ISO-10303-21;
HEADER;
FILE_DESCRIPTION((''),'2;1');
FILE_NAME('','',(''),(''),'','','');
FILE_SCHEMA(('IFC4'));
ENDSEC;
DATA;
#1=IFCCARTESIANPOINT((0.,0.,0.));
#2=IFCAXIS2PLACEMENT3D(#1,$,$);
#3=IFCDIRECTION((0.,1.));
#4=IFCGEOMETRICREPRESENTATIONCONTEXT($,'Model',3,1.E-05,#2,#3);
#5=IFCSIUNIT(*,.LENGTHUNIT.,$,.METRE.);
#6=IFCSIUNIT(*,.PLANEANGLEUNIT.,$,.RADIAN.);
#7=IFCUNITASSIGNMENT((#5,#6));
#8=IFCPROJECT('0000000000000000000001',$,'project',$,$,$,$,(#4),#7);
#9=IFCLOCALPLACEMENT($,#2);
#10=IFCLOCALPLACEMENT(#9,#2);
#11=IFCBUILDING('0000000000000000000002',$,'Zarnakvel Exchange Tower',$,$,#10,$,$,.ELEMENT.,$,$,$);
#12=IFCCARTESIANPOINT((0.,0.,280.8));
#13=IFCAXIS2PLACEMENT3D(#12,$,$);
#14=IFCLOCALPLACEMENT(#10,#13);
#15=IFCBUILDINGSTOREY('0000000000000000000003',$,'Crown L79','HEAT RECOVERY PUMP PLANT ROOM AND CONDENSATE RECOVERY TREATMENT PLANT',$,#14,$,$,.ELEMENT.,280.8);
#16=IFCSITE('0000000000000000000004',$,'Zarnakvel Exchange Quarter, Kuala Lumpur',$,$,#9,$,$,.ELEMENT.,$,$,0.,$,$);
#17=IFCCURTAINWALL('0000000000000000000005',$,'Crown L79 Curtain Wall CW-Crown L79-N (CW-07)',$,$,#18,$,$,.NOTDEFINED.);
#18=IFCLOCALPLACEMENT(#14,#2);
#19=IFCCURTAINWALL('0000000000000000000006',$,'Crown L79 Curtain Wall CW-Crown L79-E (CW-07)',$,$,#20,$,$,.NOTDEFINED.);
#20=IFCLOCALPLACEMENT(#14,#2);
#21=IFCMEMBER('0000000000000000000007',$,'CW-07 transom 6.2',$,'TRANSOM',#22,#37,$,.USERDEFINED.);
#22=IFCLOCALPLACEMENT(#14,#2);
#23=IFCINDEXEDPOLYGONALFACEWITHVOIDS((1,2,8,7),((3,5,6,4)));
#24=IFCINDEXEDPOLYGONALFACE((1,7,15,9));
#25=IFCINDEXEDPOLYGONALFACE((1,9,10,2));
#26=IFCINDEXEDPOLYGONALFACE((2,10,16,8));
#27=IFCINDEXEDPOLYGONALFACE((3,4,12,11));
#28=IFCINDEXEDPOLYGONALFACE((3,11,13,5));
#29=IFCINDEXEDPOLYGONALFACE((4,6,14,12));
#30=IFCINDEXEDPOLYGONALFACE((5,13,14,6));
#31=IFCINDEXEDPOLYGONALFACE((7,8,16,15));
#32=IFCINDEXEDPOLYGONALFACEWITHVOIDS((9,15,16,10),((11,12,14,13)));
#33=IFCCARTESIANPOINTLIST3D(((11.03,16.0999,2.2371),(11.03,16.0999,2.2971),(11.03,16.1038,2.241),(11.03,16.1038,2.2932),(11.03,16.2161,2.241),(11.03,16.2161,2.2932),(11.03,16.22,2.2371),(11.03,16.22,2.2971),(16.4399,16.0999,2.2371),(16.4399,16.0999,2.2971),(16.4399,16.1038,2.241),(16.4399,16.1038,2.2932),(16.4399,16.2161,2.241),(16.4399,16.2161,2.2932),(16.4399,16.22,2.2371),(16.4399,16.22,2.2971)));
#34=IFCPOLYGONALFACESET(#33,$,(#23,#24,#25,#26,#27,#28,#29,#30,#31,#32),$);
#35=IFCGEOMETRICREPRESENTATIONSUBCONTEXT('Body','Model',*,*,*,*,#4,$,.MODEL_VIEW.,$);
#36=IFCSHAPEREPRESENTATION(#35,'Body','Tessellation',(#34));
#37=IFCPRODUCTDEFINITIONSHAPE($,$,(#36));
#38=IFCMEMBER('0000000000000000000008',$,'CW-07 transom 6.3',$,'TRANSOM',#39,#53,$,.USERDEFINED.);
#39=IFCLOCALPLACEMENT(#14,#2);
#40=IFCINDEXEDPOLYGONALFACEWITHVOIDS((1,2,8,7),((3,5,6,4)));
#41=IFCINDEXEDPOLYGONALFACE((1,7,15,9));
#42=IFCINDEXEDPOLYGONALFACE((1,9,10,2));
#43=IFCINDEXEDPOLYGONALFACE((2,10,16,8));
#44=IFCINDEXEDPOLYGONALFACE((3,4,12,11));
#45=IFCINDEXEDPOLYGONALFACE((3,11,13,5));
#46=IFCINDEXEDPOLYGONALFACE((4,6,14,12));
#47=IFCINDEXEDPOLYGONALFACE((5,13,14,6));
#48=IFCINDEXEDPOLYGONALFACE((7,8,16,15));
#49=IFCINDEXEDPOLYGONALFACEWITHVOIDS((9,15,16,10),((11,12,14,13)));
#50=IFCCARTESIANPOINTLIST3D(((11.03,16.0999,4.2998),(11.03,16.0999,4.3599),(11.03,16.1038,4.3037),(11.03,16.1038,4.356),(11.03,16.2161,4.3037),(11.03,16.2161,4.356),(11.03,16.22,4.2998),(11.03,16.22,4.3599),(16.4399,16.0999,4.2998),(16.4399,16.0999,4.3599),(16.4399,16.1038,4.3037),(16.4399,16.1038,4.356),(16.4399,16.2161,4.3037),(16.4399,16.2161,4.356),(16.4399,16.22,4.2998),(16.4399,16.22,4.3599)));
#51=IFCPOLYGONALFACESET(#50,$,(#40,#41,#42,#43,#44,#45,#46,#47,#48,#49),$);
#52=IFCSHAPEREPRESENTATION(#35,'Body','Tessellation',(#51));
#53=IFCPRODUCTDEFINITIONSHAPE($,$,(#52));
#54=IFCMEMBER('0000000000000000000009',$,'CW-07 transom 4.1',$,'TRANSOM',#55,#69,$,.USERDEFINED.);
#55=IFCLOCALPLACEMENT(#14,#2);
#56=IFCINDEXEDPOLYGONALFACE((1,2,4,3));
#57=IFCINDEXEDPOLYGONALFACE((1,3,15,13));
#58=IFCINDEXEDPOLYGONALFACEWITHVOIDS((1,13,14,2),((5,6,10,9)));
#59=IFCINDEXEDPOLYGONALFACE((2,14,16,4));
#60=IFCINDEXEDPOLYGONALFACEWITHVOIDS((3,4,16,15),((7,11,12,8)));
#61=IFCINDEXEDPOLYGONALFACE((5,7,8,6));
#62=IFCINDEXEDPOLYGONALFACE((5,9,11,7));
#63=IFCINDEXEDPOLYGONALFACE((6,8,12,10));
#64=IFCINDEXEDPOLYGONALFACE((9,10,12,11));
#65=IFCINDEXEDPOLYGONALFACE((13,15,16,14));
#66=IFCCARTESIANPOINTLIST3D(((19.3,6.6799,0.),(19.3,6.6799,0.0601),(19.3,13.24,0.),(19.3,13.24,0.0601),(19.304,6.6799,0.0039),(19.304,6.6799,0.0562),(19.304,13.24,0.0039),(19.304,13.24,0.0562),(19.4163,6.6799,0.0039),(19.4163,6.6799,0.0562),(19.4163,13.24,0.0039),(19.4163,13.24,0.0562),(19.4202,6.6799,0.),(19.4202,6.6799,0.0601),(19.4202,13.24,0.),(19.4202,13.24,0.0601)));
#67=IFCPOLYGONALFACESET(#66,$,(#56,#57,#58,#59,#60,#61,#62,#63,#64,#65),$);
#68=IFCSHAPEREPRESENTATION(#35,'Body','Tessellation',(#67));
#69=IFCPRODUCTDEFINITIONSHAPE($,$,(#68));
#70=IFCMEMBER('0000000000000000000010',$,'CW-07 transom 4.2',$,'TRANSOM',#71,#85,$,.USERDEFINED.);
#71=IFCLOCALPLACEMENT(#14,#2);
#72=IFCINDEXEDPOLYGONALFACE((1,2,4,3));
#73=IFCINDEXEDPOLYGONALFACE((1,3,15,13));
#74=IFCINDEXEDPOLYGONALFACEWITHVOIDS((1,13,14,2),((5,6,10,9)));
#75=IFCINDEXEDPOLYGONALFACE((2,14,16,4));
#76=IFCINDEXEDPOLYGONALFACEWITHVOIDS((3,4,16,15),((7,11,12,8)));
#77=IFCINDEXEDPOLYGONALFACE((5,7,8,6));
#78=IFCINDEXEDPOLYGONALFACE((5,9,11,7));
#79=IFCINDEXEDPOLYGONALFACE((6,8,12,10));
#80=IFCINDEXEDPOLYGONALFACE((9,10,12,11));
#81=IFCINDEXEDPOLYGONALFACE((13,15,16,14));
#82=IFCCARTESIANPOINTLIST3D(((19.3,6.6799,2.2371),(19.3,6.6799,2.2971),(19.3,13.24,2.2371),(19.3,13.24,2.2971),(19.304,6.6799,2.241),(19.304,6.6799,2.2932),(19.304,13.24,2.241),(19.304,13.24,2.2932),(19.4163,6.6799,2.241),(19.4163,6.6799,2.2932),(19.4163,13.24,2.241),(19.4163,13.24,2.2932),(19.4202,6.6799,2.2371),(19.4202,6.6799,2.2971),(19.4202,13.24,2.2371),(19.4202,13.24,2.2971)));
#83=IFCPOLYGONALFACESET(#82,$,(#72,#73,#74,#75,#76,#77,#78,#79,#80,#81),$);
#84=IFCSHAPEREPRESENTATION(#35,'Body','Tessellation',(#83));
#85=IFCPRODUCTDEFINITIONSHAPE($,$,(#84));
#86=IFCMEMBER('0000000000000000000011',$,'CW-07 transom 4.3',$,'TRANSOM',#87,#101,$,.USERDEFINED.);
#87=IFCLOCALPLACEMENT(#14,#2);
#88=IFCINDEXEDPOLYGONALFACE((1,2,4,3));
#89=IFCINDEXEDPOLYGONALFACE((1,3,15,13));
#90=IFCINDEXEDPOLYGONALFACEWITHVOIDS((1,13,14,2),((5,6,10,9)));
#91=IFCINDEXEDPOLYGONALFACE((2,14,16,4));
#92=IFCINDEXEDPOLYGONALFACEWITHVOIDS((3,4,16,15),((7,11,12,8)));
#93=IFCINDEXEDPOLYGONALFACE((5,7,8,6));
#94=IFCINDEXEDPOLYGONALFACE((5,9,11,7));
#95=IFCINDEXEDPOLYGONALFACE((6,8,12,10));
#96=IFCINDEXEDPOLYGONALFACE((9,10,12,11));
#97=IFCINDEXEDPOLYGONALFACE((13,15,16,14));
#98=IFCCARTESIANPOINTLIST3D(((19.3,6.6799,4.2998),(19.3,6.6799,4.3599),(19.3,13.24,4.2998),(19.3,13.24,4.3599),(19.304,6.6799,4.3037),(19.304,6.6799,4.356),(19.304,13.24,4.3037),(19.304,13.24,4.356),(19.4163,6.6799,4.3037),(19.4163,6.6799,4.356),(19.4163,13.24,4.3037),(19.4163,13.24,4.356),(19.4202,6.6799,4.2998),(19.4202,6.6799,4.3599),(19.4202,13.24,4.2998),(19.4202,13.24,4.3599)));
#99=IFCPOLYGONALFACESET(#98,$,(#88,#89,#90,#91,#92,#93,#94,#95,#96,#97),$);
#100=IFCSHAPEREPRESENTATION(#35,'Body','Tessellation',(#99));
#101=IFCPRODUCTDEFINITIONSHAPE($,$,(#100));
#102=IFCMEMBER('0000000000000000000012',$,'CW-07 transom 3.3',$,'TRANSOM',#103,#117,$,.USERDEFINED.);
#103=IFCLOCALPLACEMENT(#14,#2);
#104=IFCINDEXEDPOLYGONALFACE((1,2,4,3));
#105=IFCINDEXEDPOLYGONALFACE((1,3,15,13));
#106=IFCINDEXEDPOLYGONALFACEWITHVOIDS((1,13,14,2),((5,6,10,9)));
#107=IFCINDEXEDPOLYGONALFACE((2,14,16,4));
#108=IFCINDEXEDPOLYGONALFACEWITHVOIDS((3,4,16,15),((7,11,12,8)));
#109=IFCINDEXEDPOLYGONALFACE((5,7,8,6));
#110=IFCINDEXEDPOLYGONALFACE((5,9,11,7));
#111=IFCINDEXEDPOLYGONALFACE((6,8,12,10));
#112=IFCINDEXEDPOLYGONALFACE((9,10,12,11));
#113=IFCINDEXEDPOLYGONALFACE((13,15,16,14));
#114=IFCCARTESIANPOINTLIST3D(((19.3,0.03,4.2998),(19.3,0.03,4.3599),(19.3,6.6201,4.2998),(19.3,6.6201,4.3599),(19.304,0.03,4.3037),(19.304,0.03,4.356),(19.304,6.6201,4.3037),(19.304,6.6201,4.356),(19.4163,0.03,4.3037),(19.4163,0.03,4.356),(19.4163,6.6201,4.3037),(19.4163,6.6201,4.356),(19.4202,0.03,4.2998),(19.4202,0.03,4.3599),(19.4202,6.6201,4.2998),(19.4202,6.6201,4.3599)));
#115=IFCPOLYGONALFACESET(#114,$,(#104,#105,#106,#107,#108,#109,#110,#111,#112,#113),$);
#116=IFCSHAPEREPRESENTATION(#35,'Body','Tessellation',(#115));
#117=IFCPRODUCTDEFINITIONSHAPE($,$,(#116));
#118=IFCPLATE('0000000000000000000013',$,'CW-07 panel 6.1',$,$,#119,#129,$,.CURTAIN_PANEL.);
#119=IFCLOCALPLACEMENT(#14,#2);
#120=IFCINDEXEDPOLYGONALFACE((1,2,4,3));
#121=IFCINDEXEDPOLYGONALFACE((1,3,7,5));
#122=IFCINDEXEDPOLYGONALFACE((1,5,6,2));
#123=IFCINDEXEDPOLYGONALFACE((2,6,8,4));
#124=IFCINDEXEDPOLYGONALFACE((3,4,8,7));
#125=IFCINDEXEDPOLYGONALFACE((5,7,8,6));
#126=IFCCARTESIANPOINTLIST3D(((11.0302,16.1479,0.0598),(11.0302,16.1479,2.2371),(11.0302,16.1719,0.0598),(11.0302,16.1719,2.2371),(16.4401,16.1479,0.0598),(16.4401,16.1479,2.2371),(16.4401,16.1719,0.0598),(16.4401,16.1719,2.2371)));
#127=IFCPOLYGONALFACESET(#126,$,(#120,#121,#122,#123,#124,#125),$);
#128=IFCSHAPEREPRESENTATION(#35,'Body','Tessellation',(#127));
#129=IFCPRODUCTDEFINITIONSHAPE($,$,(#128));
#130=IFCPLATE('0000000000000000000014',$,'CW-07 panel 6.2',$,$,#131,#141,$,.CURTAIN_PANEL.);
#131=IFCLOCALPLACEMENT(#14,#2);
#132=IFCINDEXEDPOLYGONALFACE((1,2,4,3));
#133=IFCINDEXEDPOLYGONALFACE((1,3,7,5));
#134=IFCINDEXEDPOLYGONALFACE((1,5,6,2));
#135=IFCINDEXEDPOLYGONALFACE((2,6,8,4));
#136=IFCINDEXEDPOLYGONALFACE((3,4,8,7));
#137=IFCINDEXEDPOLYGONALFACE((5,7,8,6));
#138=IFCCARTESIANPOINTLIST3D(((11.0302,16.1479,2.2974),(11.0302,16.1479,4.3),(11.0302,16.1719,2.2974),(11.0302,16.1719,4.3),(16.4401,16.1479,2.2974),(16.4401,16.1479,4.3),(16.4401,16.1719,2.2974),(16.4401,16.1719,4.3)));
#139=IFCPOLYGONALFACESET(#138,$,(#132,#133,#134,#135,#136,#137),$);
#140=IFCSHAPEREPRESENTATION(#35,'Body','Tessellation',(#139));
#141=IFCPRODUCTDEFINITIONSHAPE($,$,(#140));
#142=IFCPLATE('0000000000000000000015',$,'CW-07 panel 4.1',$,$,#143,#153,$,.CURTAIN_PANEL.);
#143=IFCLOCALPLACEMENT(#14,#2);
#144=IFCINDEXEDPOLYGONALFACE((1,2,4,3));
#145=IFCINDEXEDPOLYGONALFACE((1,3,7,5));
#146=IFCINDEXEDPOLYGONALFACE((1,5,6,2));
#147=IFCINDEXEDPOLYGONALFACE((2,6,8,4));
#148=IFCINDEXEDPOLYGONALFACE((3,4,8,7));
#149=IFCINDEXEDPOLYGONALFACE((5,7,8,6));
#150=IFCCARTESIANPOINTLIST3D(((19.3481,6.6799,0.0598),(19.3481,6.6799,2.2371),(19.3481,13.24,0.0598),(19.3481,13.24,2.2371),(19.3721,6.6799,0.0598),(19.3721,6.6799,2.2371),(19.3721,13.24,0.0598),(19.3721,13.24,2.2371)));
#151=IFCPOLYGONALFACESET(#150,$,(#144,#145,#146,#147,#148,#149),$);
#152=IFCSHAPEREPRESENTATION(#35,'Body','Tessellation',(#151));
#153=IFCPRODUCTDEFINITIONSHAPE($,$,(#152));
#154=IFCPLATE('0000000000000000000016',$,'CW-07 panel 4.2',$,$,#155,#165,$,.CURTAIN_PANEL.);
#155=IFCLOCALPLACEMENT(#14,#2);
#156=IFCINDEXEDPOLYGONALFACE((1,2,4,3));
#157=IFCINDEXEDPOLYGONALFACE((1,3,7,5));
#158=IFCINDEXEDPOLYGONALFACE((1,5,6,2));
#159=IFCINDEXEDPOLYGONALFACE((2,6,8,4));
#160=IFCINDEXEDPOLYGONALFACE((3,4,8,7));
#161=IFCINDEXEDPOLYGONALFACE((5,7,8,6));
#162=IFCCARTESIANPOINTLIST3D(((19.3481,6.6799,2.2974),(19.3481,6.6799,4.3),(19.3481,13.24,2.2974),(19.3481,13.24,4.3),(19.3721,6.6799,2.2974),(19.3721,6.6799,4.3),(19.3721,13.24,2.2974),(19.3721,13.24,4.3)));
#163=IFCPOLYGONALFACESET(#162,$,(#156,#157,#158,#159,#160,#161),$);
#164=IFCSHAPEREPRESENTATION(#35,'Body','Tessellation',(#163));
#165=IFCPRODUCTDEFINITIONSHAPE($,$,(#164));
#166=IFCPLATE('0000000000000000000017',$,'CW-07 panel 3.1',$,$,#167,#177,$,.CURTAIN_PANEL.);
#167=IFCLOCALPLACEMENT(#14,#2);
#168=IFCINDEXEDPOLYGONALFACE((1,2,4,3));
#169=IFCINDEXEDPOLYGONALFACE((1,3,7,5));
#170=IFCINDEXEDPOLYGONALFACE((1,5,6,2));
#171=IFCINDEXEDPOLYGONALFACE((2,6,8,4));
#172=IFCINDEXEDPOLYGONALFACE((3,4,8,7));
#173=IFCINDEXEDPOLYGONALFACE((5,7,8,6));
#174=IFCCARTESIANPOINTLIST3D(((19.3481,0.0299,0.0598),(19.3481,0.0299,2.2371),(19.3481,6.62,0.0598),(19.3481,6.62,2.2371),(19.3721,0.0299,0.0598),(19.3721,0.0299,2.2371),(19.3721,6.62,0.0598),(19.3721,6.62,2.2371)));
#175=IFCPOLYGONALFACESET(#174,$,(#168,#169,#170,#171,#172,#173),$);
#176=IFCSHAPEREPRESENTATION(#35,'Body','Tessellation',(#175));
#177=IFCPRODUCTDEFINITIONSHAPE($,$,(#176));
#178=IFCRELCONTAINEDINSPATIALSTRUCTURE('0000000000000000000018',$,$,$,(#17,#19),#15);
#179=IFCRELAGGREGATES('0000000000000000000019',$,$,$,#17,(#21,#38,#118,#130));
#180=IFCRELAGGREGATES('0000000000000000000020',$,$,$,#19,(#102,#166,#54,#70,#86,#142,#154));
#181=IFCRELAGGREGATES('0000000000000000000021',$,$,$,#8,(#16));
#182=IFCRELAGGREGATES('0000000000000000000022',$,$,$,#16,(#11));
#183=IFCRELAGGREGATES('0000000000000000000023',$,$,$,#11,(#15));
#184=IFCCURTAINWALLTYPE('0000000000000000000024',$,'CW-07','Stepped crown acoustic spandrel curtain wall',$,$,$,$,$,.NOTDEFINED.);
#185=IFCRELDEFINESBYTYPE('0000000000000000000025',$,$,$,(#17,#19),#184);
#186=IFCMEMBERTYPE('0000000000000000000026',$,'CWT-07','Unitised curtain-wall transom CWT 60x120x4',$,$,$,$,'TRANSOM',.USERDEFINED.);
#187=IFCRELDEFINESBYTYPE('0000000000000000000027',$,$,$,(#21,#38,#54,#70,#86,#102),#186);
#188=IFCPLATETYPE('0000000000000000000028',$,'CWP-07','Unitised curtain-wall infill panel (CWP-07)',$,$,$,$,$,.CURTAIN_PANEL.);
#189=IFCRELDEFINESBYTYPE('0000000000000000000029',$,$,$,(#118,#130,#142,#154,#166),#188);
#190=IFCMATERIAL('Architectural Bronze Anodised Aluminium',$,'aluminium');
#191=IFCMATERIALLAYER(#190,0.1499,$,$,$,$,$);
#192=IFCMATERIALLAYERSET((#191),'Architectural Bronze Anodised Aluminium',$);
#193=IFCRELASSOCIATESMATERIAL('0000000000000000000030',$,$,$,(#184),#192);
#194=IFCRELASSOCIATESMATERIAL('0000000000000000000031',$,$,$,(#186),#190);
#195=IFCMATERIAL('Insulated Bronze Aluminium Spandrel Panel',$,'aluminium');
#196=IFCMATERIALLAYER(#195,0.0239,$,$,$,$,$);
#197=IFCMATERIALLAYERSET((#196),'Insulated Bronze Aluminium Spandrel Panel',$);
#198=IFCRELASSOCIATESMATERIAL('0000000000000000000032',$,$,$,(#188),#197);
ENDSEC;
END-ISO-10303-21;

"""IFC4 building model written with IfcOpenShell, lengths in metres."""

from ifc_helpers import new_model, si_unit, direction, frame, origin, origin_2d, place, context, subcontext, project, spatial, rectangle, hollow_rectangle, extrude, source, transform, mapped, material, layer, layer_set, material_profile, profile_set, type_object, element, aggregate, save


model = new_model("IFC4")

# Units and contexts
model_context = context("Model", 3, precision=1e-05, world=origin(), true_north=direction((0.0, 1.0)))
body_context = subcontext(model_context, "Body", "Model", "MODEL_VIEW")
ifc_project = project(units=[si_unit("LENGTHUNIT", "METRE"), si_unit("PLANEANGLEUNIT", "RADIAN")], contexts=[model_context])

# Site, building, storey
site_placement = place(None, origin())
site = spatial("IfcSite", under=ifc_project, at=site_placement, Name="Zarnakvel Exchange Quarter, Kuala Lumpur", CompositionType="ELEMENT", RefElevation=0.0)
building_placement = place(site_placement, origin())
building = spatial("IfcBuilding", under=site, at=building_placement, Name="Zarnakvel Exchange Tower", CompositionType="ELEMENT")
storey_placement = place(building_placement, frame((0.0, 0.0, 280.8)))
storey = spatial("IfcBuildingStorey", under=building, at=storey_placement, Name="Crown L79", Description="HEAT RECOVERY PUMP PLANT ROOM AND CONDENSATE RECOVERY TREATMENT PLANT", CompositionType="ELEMENT", Elevation=280.8)

# Curtain wall
ifc_material_1 = material(Name="Architectural Bronze Anodised Aluminium", Category="aluminium")
ifc_layer_1 = layer(ifc_material_1, 0.1499)
ifc_layer_set_1 = layer_set([ifc_layer_1], Name="Architectural Bronze Anodised Aluminium")
curtain_wall_type = type_object("IfcCurtainWallType", Name="CW-07", Description="Stepped crown acoustic spandrel curtain wall", PredefinedType="NOTDEFINED", material=ifc_layer_set_1)
curtain_wall_1_placement = place(storey_placement, origin())
curtain_wall_1 = element("IfcCurtainWall", 1, at=curtain_wall_1_placement, inside=storey, type_object=curtain_wall_type, Name="Crown L79 Curtain Wall CW-Crown L79-N (CW-07)", PredefinedType="NOTDEFINED")

# Curtain wall
curtain_wall_2_placement = place(storey_placement, origin())
curtain_wall_2 = element("IfcCurtainWall", 2, at=curtain_wall_2_placement, inside=storey, type_object=curtain_wall_type, Name="Crown L79 Curtain Wall CW-Crown L79-E (CW-07)", PredefinedType="NOTDEFINED")

# Members
ifc_material_profile_1 = material_profile(ifc_material_1, hollow_rectangle(XDim=0.1201, YDim=0.0601, WallThickness=0.0039, at=origin_2d()))
ifc_profile_set_1 = profile_set([ifc_material_profile_1], Name="Architectural Bronze Anodised Aluminium")
member_type_1 = type_object("IfcMemberType", Name="CWT-07", Description="Unitised curtain-wall transom CWT 60x120x4", ElementType="TRANSOM", PredefinedType="USERDEFINED", material=ifc_profile_set_1)
shared_shape_1 = source(origin(), body_context, "Body", "SweptSolid", [
    extrude(hollow_rectangle(XDim=0.1201, YDim=0.0601, WallThickness=0.0039, at=origin_2d()), origin(), (0.0, 0.0, 1.0), 5.4099),
])
member_1_placement = place(storey_placement, frame((11.03, 16.1599, 2.2671), z_axis=(1.0, 0.0, 0.0), x_axis=(0.0, 1.0, 0.0)))
member_1 = element("IfcMember", 3, at=member_1_placement, type_object=member_type_1, Name="CW-07 transom 6.2", ObjectType="TRANSOM", PredefinedType="USERDEFINED", context=body_context, shape_type="MappedRepresentation", body=[
    mapped(shared_shape_1, transform((0.0, 0.0, 0.0), x_axis=(1.0, 0.0, 0.0), y_axis=(0.0, 1.0, 0.0), z_axis=(0.0, 0.0, 1.0), scale=1.0)),
])
member_2_placement = place(storey_placement, frame((11.03, 16.1599, 4.3298), z_axis=(1.0, 0.0, 0.0), x_axis=(0.0, 1.0, 0.0)))
member_2 = element("IfcMember", 4, at=member_2_placement, type_object=member_type_1, Name="CW-07 transom 6.3", ObjectType="TRANSOM", PredefinedType="USERDEFINED", context=body_context, shape_type="MappedRepresentation", body=[
    mapped(shared_shape_1, transform((0.0, 0.0, 0.0), x_axis=(1.0, 0.0, 0.0), y_axis=(0.0, 1.0, 0.0), z_axis=(0.0, 0.0, 1.0), scale=1.0)),
])
shared_shape_2 = source(origin(), body_context, "Body", "SweptSolid", [
    extrude(hollow_rectangle(XDim=0.1201, YDim=0.0601, WallThickness=0.0039, at=origin_2d()), origin(), (0.0, 0.0, 1.0), 6.5601),
])
member_3_placement = place(storey_placement, frame((19.3601, 6.6799, 0.03), z_axis=(0.0, 1.0, 0.0), x_axis=(-1.0, 0.0, 0.0)))
member_3 = element("IfcMember", 5, at=member_3_placement, type_object=member_type_1, Name="CW-07 transom 4.1", ObjectType="TRANSOM", PredefinedType="USERDEFINED", context=body_context, shape_type="MappedRepresentation", body=[
    mapped(shared_shape_2, transform((0.0, 0.0, 0.0), x_axis=(1.0, 0.0, 0.0), y_axis=(0.0, 1.0, 0.0), z_axis=(0.0, 0.0, 1.0), scale=1.0)),
])
member_4_placement = place(storey_placement, frame((19.3601, 6.6799, 2.2671), z_axis=(0.0, 1.0, 0.0), x_axis=(-1.0, 0.0, 0.0)))
member_4 = element("IfcMember", 6, at=member_4_placement, type_object=member_type_1, Name="CW-07 transom 4.2", ObjectType="TRANSOM", PredefinedType="USERDEFINED", context=body_context, shape_type="MappedRepresentation", body=[
    mapped(shared_shape_2, transform((0.0, 0.0, 0.0), x_axis=(1.0, 0.0, 0.0), y_axis=(0.0, 1.0, 0.0), z_axis=(0.0, 0.0, 1.0), scale=1.0)),
])
member_5_placement = place(storey_placement, frame((19.3601, 6.6799, 4.3298), z_axis=(0.0, 1.0, 0.0), x_axis=(-1.0, 0.0, 0.0)))
member_5 = element("IfcMember", 7, at=member_5_placement, type_object=member_type_1, Name="CW-07 transom 4.3", ObjectType="TRANSOM", PredefinedType="USERDEFINED", context=body_context, shape_type="MappedRepresentation", body=[
    mapped(shared_shape_2, transform((0.0, 0.0, 0.0), x_axis=(1.0, 0.0, 0.0), y_axis=(0.0, 1.0, 0.0), z_axis=(0.0, 0.0, 1.0), scale=1.0)),
])
shared_shape_3 = source(origin(), body_context, "Body", "SweptSolid", [
    extrude(hollow_rectangle(XDim=0.1201, YDim=0.0601, WallThickness=0.0039, at=origin_2d()), origin(), (0.0, 0.0, 1.0), 6.5901),
])
member_6_placement = place(storey_placement, frame((19.3601, 0.03, 4.3298), z_axis=(0.0, 1.0, 0.0), x_axis=(-1.0, 0.0, 0.0)))
member_6 = element("IfcMember", 8, at=member_6_placement, type_object=member_type_1, Name="CW-07 transom 3.3", ObjectType="TRANSOM", PredefinedType="USERDEFINED", context=body_context, shape_type="MappedRepresentation", body=[
    mapped(shared_shape_3, transform((0.0, 0.0, 0.0), x_axis=(1.0, 0.0, 0.0), y_axis=(0.0, 1.0, 0.0), z_axis=(0.0, 0.0, 1.0), scale=1.0)),
])

# Plates
ifc_material_2 = material(Name="Insulated Bronze Aluminium Spandrel Panel", Category="aluminium")
ifc_layer_2 = layer(ifc_material_2, 0.0239)
ifc_layer_set_2 = layer_set([ifc_layer_2], Name="Insulated Bronze Aluminium Spandrel Panel")
plate_type = type_object("IfcPlateType", Name="CWP-07", Description="Unitised curtain-wall infill panel (CWP-07)", PredefinedType="CURTAIN_PANEL", material=ifc_layer_set_2)
shared_shape_4 = source(origin(), body_context, "Body", "SweptSolid", [
    extrude(rectangle(XDim=5.4099, YDim=0.0239, at=origin_2d()), origin(), (0.0, 0.0, 1.0), 2.1772),
])
plate_1_placement = place(storey_placement, frame((13.7351, 16.1599, 0.0598), z_axis=(0.0, 0.0, 1.0), x_axis=(1.0, 0.0, 0.0)))
plate_1 = element("IfcPlate", 9, at=plate_1_placement, type_object=plate_type, Name="CW-07 panel 6.1", PredefinedType="CURTAIN_PANEL", context=body_context, shape_type="MappedRepresentation", body=[
    mapped(shared_shape_4, transform((0.0, 0.0, 0.0), x_axis=(1.0, 0.0, 0.0), y_axis=(0.0, 1.0, 0.0), z_axis=(0.0, 0.0, 1.0), scale=1.0)),
])
shared_shape_5 = source(origin(), body_context, "Body", "SweptSolid", [
    extrude(rectangle(XDim=5.4099, YDim=0.0239, at=origin_2d()), origin(), (0.0, 0.0, 1.0), 2.0027),
])
plate_2_placement = place(storey_placement, frame((13.7351, 16.1599, 2.2974), z_axis=(0.0, 0.0, 1.0), x_axis=(1.0, 0.0, 0.0)))
plate_2 = element("IfcPlate", 10, at=plate_2_placement, type_object=plate_type, Name="CW-07 panel 6.2", PredefinedType="CURTAIN_PANEL", context=body_context, shape_type="MappedRepresentation", body=[
    mapped(shared_shape_5, transform((0.0, 0.0, 0.0), x_axis=(1.0, 0.0, 0.0), y_axis=(0.0, 1.0, 0.0), z_axis=(0.0, 0.0, 1.0), scale=1.0)),
])
aggregate(curtain_wall_1, [member_1, member_2, plate_1, plate_2])
shared_shape_6 = source(origin(), body_context, "Body", "SweptSolid", [
    extrude(rectangle(XDim=6.5601, YDim=0.0239, at=origin_2d()), origin(), (0.0, 0.0, 1.0), 2.1772),
])
plate_3_placement = place(storey_placement, frame((19.3601, 9.96, 0.0598), z_axis=(0.0, 0.0, 1.0), x_axis=(0.0, 1.0, 0.0)))
plate_3 = element("IfcPlate", 11, at=plate_3_placement, type_object=plate_type, Name="CW-07 panel 4.1", PredefinedType="CURTAIN_PANEL", context=body_context, shape_type="MappedRepresentation", body=[
    mapped(shared_shape_6, transform((0.0, 0.0, 0.0), x_axis=(1.0, 0.0, 0.0), y_axis=(0.0, 1.0, 0.0), z_axis=(0.0, 0.0, 1.0), scale=1.0)),
])
shared_shape_7 = source(origin(), body_context, "Body", "SweptSolid", [
    extrude(rectangle(XDim=6.5601, YDim=0.0239, at=origin_2d()), origin(), (0.0, 0.0, 1.0), 2.0027),
])
plate_4_placement = place(storey_placement, frame((19.3601, 9.96, 2.2974), z_axis=(0.0, 0.0, 1.0), x_axis=(0.0, 1.0, 0.0)))
plate_4 = element("IfcPlate", 12, at=plate_4_placement, type_object=plate_type, Name="CW-07 panel 4.2", PredefinedType="CURTAIN_PANEL", context=body_context, shape_type="MappedRepresentation", body=[
    mapped(shared_shape_7, transform((0.0, 0.0, 0.0), x_axis=(1.0, 0.0, 0.0), y_axis=(0.0, 1.0, 0.0), z_axis=(0.0, 0.0, 1.0), scale=1.0)),
])
shared_shape_8 = source(origin(), body_context, "Body", "SweptSolid", [
    extrude(rectangle(XDim=6.5901, YDim=0.0239, at=origin_2d()), origin(), (0.0, 0.0, 1.0), 2.1772),
])
plate_5_placement = place(storey_placement, frame((19.3601, 3.325, 0.0598), z_axis=(0.0, 0.0, 1.0), x_axis=(0.0, 1.0, 0.0)))
plate_5 = element("IfcPlate", 13, at=plate_5_placement, type_object=plate_type, Name="CW-07 panel 3.1", PredefinedType="CURTAIN_PANEL", context=body_context, shape_type="MappedRepresentation", body=[
    mapped(shared_shape_8, transform((0.0, 0.0, 0.0), x_axis=(1.0, 0.0, 0.0), y_axis=(0.0, 1.0, 0.0), z_axis=(0.0, 0.0, 1.0), scale=1.0)),
])
aggregate(curtain_wall_2, [member_6, plate_5, member_3, member_4, member_5, plate_3, plate_4])

save(model, "model.ifc")
